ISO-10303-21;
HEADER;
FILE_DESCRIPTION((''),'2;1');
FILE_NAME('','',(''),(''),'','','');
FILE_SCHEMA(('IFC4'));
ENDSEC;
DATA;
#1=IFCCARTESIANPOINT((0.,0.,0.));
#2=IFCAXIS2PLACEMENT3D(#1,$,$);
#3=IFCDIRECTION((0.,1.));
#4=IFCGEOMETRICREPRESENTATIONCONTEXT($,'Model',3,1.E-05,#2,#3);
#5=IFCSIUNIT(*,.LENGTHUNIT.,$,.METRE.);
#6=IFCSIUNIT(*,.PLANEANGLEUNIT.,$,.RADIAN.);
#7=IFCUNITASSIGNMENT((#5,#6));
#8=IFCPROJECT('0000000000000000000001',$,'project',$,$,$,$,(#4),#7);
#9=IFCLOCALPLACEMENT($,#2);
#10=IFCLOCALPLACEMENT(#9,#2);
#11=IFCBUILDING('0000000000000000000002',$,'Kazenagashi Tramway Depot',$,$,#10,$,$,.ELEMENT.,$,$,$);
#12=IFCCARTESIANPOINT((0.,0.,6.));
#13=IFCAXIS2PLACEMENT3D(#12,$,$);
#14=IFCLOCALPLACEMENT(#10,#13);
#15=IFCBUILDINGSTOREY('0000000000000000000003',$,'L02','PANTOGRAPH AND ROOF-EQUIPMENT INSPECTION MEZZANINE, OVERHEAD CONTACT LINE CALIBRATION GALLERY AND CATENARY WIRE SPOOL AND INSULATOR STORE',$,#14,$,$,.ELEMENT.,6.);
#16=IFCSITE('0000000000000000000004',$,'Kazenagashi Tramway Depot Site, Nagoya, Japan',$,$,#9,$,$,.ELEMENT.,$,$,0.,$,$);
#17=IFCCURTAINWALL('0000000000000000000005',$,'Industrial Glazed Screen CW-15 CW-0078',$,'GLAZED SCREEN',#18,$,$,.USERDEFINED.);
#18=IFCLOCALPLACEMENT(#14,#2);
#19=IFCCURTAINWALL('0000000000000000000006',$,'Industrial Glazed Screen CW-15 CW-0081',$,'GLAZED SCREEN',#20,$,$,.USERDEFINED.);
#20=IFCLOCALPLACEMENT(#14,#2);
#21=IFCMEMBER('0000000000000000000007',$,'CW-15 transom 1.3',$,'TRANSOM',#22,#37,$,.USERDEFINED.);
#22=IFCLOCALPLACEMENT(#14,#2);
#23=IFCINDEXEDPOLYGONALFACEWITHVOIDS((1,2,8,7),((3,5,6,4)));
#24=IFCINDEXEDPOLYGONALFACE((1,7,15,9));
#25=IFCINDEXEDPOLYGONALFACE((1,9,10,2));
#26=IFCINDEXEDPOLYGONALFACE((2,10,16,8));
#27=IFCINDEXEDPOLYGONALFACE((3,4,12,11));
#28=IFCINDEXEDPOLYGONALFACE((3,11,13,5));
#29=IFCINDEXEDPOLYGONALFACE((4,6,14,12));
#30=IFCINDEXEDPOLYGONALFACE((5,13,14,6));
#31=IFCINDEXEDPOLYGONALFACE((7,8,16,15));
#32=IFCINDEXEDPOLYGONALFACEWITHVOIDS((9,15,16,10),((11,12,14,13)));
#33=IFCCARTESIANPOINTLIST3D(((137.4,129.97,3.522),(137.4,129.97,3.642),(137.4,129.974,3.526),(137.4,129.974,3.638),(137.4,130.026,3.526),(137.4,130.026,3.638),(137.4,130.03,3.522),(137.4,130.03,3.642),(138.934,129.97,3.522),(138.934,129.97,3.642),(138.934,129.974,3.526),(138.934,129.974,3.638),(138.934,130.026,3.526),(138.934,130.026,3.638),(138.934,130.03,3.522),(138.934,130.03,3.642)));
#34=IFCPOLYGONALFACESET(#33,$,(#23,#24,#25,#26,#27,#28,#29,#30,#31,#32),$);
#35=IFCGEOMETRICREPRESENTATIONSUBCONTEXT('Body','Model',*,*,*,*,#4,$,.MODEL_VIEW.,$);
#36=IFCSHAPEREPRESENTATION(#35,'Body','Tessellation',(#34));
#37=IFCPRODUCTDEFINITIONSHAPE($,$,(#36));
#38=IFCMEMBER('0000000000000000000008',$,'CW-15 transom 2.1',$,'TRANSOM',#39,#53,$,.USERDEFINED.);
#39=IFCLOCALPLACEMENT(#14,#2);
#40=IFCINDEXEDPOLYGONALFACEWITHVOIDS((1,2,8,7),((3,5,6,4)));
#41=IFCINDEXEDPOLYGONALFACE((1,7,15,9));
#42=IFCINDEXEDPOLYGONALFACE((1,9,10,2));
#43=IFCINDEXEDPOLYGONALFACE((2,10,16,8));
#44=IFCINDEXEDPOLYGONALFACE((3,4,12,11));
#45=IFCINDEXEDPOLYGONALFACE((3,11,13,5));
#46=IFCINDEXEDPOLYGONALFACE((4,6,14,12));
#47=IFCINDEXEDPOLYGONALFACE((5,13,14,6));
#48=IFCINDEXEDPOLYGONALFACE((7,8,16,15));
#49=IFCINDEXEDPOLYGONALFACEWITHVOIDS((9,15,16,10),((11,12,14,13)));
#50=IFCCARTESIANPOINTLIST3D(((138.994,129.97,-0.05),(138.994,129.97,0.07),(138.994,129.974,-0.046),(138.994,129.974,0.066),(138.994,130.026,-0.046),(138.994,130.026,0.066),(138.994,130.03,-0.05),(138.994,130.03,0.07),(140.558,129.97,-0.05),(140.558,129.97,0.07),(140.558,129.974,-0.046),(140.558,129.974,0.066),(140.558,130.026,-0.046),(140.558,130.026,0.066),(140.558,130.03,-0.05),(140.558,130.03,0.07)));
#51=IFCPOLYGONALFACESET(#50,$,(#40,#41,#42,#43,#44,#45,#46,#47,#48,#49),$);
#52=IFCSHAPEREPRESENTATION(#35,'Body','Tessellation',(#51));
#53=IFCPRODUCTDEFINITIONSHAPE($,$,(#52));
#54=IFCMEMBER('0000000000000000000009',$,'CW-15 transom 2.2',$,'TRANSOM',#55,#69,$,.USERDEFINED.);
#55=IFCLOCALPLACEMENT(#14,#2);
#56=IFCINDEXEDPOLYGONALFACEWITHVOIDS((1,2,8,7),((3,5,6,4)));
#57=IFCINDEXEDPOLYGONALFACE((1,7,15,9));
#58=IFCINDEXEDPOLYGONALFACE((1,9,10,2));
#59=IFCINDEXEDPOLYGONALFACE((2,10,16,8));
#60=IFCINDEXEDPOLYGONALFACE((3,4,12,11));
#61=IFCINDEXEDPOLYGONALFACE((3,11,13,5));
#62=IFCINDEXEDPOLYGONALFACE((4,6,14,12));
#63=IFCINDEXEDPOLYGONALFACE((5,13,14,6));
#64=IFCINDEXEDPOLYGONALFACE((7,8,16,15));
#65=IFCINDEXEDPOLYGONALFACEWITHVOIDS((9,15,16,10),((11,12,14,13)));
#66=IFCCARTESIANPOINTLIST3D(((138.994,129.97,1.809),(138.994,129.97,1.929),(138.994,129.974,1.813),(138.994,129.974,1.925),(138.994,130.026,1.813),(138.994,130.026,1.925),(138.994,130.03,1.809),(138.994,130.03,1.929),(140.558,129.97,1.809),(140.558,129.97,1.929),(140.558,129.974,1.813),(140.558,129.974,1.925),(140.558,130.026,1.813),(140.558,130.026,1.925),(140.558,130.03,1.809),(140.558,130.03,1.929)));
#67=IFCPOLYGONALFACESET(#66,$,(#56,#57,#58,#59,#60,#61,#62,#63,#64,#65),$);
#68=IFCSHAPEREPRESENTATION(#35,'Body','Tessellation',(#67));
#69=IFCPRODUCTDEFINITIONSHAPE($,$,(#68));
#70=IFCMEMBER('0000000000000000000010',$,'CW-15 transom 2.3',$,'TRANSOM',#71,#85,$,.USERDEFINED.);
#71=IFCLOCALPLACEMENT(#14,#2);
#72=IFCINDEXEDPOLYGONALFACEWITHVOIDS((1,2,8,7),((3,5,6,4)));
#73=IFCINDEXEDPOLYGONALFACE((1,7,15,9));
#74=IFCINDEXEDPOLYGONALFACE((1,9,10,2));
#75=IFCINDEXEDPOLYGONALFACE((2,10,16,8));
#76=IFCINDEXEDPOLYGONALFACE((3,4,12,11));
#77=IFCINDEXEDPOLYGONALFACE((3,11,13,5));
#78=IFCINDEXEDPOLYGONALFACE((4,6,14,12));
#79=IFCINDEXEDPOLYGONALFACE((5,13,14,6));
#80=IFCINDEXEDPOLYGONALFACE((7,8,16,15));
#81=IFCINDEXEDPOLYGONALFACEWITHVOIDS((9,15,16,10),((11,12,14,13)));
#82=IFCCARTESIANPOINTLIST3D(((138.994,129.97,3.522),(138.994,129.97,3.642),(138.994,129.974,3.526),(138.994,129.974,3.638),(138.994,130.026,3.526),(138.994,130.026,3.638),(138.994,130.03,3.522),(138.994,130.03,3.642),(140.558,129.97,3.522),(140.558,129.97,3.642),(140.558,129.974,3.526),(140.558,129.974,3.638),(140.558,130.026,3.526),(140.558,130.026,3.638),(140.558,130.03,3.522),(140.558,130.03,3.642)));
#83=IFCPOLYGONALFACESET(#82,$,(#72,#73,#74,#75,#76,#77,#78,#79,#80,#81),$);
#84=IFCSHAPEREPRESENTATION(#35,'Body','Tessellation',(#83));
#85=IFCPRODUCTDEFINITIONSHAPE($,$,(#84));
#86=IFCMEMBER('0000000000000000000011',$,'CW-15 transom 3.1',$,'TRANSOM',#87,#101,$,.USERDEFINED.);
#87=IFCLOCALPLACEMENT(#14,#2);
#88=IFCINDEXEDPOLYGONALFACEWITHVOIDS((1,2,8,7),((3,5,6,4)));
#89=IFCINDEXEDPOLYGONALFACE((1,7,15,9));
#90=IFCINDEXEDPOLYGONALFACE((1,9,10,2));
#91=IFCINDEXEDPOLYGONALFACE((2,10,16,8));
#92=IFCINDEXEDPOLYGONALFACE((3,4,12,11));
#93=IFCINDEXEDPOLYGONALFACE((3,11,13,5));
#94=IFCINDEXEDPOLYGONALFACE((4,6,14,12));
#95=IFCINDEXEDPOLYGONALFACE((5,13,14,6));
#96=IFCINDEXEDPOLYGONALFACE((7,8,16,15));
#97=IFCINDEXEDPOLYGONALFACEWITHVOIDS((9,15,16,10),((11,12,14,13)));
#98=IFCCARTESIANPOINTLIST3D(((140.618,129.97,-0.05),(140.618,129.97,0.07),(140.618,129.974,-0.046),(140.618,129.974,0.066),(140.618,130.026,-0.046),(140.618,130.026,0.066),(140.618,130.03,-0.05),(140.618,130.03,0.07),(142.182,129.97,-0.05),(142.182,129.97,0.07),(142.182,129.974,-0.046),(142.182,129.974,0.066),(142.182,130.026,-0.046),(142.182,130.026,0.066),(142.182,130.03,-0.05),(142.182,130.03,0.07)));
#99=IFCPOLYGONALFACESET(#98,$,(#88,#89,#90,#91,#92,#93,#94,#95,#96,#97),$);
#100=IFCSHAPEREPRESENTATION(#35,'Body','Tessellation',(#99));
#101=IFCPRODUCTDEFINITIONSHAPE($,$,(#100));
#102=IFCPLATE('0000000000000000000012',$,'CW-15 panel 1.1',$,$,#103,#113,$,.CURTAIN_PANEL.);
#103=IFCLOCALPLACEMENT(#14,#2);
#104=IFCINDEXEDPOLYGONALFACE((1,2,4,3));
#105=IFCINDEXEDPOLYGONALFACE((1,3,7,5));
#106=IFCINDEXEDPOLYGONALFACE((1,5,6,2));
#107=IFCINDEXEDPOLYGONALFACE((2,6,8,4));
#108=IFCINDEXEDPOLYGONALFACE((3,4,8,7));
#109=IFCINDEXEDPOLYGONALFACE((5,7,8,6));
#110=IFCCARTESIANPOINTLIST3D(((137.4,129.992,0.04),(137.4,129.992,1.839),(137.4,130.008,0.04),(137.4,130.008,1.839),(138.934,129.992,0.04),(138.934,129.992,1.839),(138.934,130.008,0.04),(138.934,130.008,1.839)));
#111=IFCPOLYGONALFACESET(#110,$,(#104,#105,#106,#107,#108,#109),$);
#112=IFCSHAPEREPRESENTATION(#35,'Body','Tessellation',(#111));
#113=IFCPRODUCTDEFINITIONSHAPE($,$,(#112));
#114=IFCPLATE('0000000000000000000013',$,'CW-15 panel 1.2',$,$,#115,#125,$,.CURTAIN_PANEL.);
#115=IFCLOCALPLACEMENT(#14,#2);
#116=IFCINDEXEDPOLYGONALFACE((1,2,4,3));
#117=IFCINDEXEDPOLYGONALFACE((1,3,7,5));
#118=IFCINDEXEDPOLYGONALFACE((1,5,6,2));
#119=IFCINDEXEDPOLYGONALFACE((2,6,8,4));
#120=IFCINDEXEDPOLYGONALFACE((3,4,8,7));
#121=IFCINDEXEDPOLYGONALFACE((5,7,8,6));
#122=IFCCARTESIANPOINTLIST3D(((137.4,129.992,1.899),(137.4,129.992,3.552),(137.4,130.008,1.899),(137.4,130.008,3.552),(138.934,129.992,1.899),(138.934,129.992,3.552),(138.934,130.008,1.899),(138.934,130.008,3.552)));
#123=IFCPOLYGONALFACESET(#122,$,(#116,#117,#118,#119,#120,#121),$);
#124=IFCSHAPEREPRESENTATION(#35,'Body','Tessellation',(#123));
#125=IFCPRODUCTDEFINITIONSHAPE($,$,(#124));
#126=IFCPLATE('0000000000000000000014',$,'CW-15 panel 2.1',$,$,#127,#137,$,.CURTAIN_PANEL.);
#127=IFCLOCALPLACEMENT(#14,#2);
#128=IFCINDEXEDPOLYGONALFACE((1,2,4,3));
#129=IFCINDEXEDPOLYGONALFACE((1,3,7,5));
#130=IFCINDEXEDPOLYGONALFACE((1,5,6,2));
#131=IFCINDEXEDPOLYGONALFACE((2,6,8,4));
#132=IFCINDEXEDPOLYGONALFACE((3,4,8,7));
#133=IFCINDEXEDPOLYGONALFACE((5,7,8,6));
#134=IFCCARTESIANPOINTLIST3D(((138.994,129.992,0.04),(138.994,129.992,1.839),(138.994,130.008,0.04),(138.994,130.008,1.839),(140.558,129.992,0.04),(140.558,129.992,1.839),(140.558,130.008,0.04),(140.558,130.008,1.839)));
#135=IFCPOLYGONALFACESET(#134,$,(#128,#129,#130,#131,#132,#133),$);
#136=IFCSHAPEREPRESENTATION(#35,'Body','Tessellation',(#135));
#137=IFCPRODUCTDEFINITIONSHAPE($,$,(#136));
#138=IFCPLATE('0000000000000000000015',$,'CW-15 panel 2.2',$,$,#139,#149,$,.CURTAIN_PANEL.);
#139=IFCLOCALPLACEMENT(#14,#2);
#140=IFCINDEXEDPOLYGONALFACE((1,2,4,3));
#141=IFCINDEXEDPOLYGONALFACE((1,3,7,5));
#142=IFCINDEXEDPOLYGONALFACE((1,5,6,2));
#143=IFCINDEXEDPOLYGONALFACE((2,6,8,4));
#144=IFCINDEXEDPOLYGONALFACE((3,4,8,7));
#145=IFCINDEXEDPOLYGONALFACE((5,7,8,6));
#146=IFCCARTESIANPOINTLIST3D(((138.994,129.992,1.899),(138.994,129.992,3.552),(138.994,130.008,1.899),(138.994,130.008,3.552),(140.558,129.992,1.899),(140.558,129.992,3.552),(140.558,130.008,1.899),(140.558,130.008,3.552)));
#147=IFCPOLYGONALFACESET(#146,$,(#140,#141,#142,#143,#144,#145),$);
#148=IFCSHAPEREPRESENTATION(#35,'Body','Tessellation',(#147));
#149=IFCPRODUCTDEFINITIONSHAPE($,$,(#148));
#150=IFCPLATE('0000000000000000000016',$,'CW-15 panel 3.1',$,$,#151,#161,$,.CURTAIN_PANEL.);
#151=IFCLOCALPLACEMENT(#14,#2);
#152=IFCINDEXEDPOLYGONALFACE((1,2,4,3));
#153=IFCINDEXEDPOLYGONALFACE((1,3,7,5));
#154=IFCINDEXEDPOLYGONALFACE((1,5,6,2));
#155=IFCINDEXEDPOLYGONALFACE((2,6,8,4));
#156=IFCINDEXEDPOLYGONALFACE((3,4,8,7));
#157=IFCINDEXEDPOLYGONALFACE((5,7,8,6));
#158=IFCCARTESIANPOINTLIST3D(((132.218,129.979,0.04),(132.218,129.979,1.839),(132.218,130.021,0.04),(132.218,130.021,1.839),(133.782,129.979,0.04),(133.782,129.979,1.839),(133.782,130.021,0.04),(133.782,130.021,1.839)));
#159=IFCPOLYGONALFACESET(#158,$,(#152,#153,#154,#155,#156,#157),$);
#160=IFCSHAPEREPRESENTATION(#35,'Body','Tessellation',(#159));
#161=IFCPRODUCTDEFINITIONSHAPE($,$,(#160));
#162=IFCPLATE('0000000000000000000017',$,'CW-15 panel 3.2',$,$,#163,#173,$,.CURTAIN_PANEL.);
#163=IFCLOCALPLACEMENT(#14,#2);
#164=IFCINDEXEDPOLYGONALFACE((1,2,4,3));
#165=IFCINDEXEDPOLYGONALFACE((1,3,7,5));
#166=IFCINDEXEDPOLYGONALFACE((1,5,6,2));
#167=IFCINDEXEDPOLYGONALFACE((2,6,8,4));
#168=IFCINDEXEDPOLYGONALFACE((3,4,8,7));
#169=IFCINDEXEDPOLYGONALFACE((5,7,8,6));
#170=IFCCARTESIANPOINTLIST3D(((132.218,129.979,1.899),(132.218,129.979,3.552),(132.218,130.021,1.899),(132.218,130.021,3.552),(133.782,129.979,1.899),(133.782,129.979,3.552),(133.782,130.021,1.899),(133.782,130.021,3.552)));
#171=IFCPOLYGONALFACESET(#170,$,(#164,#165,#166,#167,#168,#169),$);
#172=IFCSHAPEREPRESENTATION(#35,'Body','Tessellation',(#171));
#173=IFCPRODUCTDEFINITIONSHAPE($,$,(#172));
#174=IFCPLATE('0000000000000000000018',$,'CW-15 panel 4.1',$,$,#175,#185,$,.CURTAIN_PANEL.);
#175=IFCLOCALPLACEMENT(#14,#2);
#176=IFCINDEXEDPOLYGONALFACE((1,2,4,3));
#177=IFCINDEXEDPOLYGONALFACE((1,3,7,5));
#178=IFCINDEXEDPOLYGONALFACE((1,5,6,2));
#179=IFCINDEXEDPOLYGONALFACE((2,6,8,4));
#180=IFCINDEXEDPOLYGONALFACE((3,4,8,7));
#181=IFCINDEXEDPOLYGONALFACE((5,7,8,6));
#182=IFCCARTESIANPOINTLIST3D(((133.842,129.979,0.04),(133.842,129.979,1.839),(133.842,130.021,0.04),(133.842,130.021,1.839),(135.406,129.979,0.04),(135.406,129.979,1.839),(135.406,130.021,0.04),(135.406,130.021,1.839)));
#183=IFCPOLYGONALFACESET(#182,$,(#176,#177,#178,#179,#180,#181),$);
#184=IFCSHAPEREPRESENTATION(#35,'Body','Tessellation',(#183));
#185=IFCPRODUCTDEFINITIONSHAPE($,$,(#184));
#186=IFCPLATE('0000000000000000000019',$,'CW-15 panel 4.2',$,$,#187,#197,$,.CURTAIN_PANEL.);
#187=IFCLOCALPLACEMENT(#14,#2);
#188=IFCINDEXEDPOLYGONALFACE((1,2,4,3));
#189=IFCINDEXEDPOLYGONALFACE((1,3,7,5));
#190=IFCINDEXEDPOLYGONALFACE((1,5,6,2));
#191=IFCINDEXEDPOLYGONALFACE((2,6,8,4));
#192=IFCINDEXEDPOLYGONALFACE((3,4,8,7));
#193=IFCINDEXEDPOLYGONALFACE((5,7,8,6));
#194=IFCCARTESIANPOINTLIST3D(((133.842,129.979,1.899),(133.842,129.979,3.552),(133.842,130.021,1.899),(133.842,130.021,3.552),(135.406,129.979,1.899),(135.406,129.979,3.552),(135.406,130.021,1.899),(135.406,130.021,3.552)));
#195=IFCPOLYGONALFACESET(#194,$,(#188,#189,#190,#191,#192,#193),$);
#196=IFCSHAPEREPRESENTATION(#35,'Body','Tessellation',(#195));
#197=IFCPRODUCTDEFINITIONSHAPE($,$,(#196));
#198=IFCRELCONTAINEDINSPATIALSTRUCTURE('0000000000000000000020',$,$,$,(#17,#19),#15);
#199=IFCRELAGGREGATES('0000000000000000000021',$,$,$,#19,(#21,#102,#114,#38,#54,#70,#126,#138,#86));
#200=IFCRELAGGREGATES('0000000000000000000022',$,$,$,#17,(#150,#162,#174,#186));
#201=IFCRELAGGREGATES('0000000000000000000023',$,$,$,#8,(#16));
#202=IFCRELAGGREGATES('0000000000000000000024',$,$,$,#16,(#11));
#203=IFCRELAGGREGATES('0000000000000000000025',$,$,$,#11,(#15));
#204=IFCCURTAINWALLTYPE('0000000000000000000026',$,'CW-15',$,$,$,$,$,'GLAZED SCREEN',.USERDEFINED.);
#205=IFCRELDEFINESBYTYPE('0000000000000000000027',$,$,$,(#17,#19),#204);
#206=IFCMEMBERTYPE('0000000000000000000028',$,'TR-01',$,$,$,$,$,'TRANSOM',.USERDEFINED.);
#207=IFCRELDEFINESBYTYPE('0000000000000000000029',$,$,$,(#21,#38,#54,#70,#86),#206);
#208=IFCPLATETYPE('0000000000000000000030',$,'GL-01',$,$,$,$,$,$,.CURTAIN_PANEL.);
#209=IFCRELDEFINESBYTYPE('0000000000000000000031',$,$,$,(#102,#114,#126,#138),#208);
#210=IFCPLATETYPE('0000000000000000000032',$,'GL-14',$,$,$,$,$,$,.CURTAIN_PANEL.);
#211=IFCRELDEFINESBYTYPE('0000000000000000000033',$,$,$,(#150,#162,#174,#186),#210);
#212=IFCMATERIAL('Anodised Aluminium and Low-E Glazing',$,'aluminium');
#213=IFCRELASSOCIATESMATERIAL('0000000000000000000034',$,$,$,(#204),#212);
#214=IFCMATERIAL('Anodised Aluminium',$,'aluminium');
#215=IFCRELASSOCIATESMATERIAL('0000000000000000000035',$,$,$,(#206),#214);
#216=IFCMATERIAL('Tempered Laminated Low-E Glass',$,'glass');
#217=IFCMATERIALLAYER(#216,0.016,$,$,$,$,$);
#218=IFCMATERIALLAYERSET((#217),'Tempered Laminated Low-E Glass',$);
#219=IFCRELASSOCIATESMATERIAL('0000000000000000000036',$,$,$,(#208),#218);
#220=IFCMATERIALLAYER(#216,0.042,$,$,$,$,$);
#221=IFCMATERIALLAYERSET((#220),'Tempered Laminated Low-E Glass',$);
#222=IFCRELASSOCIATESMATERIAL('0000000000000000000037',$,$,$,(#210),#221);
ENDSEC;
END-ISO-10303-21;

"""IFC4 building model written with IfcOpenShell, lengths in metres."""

from ifc_helpers import new_model, si_unit, direction, frame, origin, origin_2d, place, context, subcontext, project, spatial, rectangle, hollow_rectangle, extrude, material, layer, layer_set, material_profile, profile_set, type_object, element, aggregate, save


model = new_model("IFC4")

# Units and contexts
model_context = context("Model", 3, precision=1e-05, world=origin(), true_north=direction((0.0, 1.0)))
body_context = subcontext(model_context, "Body", "Model", "MODEL_VIEW")
ifc_project = project(units=[si_unit("LENGTHUNIT", "METRE"), si_unit("PLANEANGLEUNIT", "RADIAN")], contexts=[model_context])

# Site, building, storey
site_placement = place(None, origin())
site = spatial("IfcSite", under=ifc_project, at=site_placement, Name="Kazenagashi Tramway Depot Site, Nagoya, Japan", CompositionType="ELEMENT", RefElevation=0.0)
building_placement = place(site_placement, origin())
building = spatial("IfcBuilding", under=site, at=building_placement, Name="Kazenagashi Tramway Depot", CompositionType="ELEMENT")
storey_placement = place(building_placement, frame((0.0, 0.0, 6.0)))
storey = spatial("IfcBuildingStorey", under=building, at=storey_placement, Name="L02", Description="PANTOGRAPH AND ROOF-EQUIPMENT INSPECTION MEZZANINE, OVERHEAD CONTACT LINE CALIBRATION GALLERY AND CATENARY WIRE SPOOL AND INSULATOR STORE", CompositionType="ELEMENT", Elevation=6.0)

# Curtain walls
ifc_material_1 = material(Name="Anodised Aluminium and Low-E Glazing", Category="aluminium")
curtain_wall_type = type_object("IfcCurtainWallType", Name="CW-15", ElementType="GLAZED SCREEN", PredefinedType="USERDEFINED", material=ifc_material_1)
curtain_wall_1_placement = place(storey_placement, origin())
curtain_wall_1 = element("IfcCurtainWall", 1, at=curtain_wall_1_placement, inside=storey, type_object=curtain_wall_type, Name="Industrial Glazed Screen CW-15 CW-0078", ObjectType="GLAZED SCREEN", PredefinedType="USERDEFINED")
ifc_material_2 = material(Name="Anodised Aluminium", Category="aluminium")
curtain_wall_2_placement = place(storey_placement, origin())
curtain_wall_2 = element("IfcCurtainWall", 2, at=curtain_wall_2_placement, inside=storey, type_object=curtain_wall_type, Name="Industrial Glazed Screen CW-15 CW-0081", ObjectType="GLAZED SCREEN", PredefinedType="USERDEFINED")

# Members
ifc_material_profile_1 = material_profile(ifc_material_2, hollow_rectangle(XDim=0.06, YDim=0.12, WallThickness=0.004, at=origin_2d()), Name="RHS-120x60x4")
ifc_profile_set_1 = profile_set([ifc_material_profile_1], Name="Anodised Aluminium")
member_type_1 = type_object("IfcMemberType", Name="TR-01", ElementType="TRANSOM", PredefinedType="USERDEFINED", material=ifc_profile_set_1)
member_1_placement = place(storey_placement, frame((137.4, 130.0, 3.582), z_axis=(1.0, 0.0, 0.0), x_axis=(0.0, 1.0, 0.0)))
member_1 = element("IfcMember", 3, at=member_1_placement, type_object=member_type_1, Name="CW-15 transom 1.3", ObjectType="TRANSOM", PredefinedType="USERDEFINED", context=body_context, shape_type="SweptSolid", body=[
    extrude(hollow_rectangle(XDim=0.06, YDim=0.12, WallThickness=0.004, at=origin_2d()), origin(), (0.0, 0.0, 1.0), 1.534),
])
member_2_placement = place(storey_placement, frame((138.994, 130.0, 0.01), z_axis=(1.0, 0.0, 0.0), x_axis=(0.0, 1.0, 0.0)))
member_2 = element("IfcMember", 4, at=member_2_placement, type_object=member_type_1, Name="CW-15 transom 2.1", ObjectType="TRANSOM", PredefinedType="USERDEFINED", context=body_context, shape_type="SweptSolid", body=[
    extrude(hollow_rectangle(XDim=0.06, YDim=0.12, WallThickness=0.004, at=origin_2d()), origin(), (0.0, 0.0, 1.0), 1.564),
])
member_3_placement = place(storey_placement, frame((138.994, 130.0, 1.869), z_axis=(1.0, 0.0, 0.0), x_axis=(0.0, 1.0, 0.0)))
member_3 = element("IfcMember", 5, at=member_3_placement, type_object=member_type_1, Name="CW-15 transom 2.2", ObjectType="TRANSOM", PredefinedType="USERDEFINED", context=body_context, shape_type="SweptSolid", body=[
    extrude(hollow_rectangle(XDim=0.06, YDim=0.12, WallThickness=0.004, at=origin_2d()), origin(), (0.0, 0.0, 1.0), 1.564),
])
member_4_placement = place(storey_placement, frame((138.994, 130.0, 3.582), z_axis=(1.0, 0.0, 0.0), x_axis=(0.0, 1.0, 0.0)))
member_4 = element("IfcMember", 6, at=member_4_placement, type_object=member_type_1, Name="CW-15 transom 2.3", ObjectType="TRANSOM", PredefinedType="USERDEFINED", context=body_context, shape_type="SweptSolid", body=[
    extrude(hollow_rectangle(XDim=0.06, YDim=0.12, WallThickness=0.004, at=origin_2d()), origin(), (0.0, 0.0, 1.0), 1.564),
])
member_5_placement = place(storey_placement, frame((140.618, 130.0, 0.01), z_axis=(1.0, 0.0, 0.0), x_axis=(0.0, 1.0, 0.0)))
member_5 = element("IfcMember", 7, at=member_5_placement, type_object=member_type_1, Name="CW-15 transom 3.1", ObjectType="TRANSOM", PredefinedType="USERDEFINED", context=body_context, shape_type="SweptSolid", body=[
    extrude(hollow_rectangle(XDim=0.06, YDim=0.12, WallThickness=0.004, at=origin_2d()), origin(), (0.0, 0.0, 1.0), 1.564),
])

# Plates
ifc_material_3 = material(Name="Tempered Laminated Low-E Glass", Category="glass")
ifc_layer_1 = layer(ifc_material_3, 0.016)
ifc_layer_set_1 = layer_set([ifc_layer_1], Name="Tempered Laminated Low-E Glass")
plate_type_1 = type_object("IfcPlateType", Name="GL-01", PredefinedType="CURTAIN_PANEL", material=ifc_layer_set_1)
plate_1_placement = place(storey_placement, frame((138.167, 130.0, 0.04), z_axis=(0.0, 0.0, 1.0), x_axis=(1.0, 0.0, 0.0)))
plate_1 = element("IfcPlate", 8, at=plate_1_placement, type_object=plate_type_1, Name="CW-15 panel 1.1", PredefinedType="CURTAIN_PANEL", context=body_context, shape_type="SweptSolid", body=[
    extrude(rectangle(XDim=1.534, YDim=0.016, at=origin_2d()), origin(), (0.0, 0.0, 1.0), 1.799),
])
plate_2_placement = place(storey_placement, frame((138.167, 130.0, 1.899), z_axis=(0.0, 0.0, 1.0), x_axis=(1.0, 0.0, 0.0)))
plate_2 = element("IfcPlate", 9, at=plate_2_placement, type_object=plate_type_1, Name="CW-15 panel 1.2", PredefinedType="CURTAIN_PANEL", context=body_context, shape_type="SweptSolid", body=[
    extrude(rectangle(XDim=1.534, YDim=0.016, at=origin_2d()), origin(), (0.0, 0.0, 1.0), 1.653),
])
plate_3_placement = place(storey_placement, frame((139.776, 130.0, 0.04), z_axis=(0.0, 0.0, 1.0), x_axis=(1.0, 0.0, 0.0)))
plate_3 = element("IfcPlate", 10, at=plate_3_placement, type_object=plate_type_1, Name="CW-15 panel 2.1", PredefinedType="CURTAIN_PANEL", context=body_context, shape_type="SweptSolid", body=[
    extrude(rectangle(XDim=1.564, YDim=0.016, at=origin_2d()), origin(), (0.0, 0.0, 1.0), 1.799),
])
plate_4_placement = place(storey_placement, frame((139.776, 130.0, 1.899), z_axis=(0.0, 0.0, 1.0), x_axis=(1.0, 0.0, 0.0)))
plate_4 = element("IfcPlate", 11, at=plate_4_placement, type_object=plate_type_1, Name="CW-15 panel 2.2", PredefinedType="CURTAIN_PANEL", context=body_context, shape_type="SweptSolid", body=[
    extrude(rectangle(XDim=1.564, YDim=0.016, at=origin_2d()), origin(), (0.0, 0.0, 1.0), 1.653),
])
aggregate(curtain_wall_2, [member_1, plate_1, plate_2, member_2, member_3, member_4, plate_3, plate_4, member_5])
ifc_layer_2 = layer(ifc_material_3, 0.042)
ifc_layer_set_2 = layer_set([ifc_layer_2], Name="Tempered Laminated Low-E Glass")
plate_type_2 = type_object("IfcPlateType", Name="GL-14", PredefinedType="CURTAIN_PANEL", material=ifc_layer_set_2)
plate_5_placement = place(storey_placement, frame((133.0, 130.0, 0.04), z_axis=(0.0, 0.0, 1.0), x_axis=(1.0, 0.0, 0.0)))
plate_5 = element("IfcPlate", 12, at=plate_5_placement, type_object=plate_type_2, Name="CW-15 panel 3.1", PredefinedType="CURTAIN_PANEL", context=body_context, shape_type="SweptSolid", body=[
    extrude(rectangle(XDim=1.564, YDim=0.042, at=origin_2d()), origin(), (0.0, 0.0, 1.0), 1.799),
])
plate_6_placement = place(storey_placement, frame((133.0, 130.0, 1.899), z_axis=(0.0, 0.0, 1.0), x_axis=(1.0, 0.0, 0.0)))
plate_6 = element("IfcPlate", 13, at=plate_6_placement, type_object=plate_type_2, Name="CW-15 panel 3.2", PredefinedType="CURTAIN_PANEL", context=body_context, shape_type="SweptSolid", body=[
    extrude(rectangle(XDim=1.564, YDim=0.042, at=origin_2d()), origin(), (0.0, 0.0, 1.0), 1.653),
])
plate_7_placement = place(storey_placement, frame((134.624, 130.0, 0.04), z_axis=(0.0, 0.0, 1.0), x_axis=(1.0, 0.0, 0.0)))
plate_7 = element("IfcPlate", 14, at=plate_7_placement, type_object=plate_type_2, Name="CW-15 panel 4.1", PredefinedType="CURTAIN_PANEL", context=body_context, shape_type="SweptSolid", body=[
    extrude(rectangle(XDim=1.564, YDim=0.042, at=origin_2d()), origin(), (0.0, 0.0, 1.0), 1.799),
])
plate_8_placement = place(storey_placement, frame((134.624, 130.0, 1.899), z_axis=(0.0, 0.0, 1.0), x_axis=(1.0, 0.0, 0.0)))
plate_8 = element("IfcPlate", 15, at=plate_8_placement, type_object=plate_type_2, Name="CW-15 panel 4.2", PredefinedType="CURTAIN_PANEL", context=body_context, shape_type="SweptSolid", body=[
    extrude(rectangle(XDim=1.564, YDim=0.042, at=origin_2d()), origin(), (0.0, 0.0, 1.0), 1.653),
])
aggregate(curtain_wall_1, [plate_5, plate_6, plate_7, plate_8])

save(model, "model.ifc")
